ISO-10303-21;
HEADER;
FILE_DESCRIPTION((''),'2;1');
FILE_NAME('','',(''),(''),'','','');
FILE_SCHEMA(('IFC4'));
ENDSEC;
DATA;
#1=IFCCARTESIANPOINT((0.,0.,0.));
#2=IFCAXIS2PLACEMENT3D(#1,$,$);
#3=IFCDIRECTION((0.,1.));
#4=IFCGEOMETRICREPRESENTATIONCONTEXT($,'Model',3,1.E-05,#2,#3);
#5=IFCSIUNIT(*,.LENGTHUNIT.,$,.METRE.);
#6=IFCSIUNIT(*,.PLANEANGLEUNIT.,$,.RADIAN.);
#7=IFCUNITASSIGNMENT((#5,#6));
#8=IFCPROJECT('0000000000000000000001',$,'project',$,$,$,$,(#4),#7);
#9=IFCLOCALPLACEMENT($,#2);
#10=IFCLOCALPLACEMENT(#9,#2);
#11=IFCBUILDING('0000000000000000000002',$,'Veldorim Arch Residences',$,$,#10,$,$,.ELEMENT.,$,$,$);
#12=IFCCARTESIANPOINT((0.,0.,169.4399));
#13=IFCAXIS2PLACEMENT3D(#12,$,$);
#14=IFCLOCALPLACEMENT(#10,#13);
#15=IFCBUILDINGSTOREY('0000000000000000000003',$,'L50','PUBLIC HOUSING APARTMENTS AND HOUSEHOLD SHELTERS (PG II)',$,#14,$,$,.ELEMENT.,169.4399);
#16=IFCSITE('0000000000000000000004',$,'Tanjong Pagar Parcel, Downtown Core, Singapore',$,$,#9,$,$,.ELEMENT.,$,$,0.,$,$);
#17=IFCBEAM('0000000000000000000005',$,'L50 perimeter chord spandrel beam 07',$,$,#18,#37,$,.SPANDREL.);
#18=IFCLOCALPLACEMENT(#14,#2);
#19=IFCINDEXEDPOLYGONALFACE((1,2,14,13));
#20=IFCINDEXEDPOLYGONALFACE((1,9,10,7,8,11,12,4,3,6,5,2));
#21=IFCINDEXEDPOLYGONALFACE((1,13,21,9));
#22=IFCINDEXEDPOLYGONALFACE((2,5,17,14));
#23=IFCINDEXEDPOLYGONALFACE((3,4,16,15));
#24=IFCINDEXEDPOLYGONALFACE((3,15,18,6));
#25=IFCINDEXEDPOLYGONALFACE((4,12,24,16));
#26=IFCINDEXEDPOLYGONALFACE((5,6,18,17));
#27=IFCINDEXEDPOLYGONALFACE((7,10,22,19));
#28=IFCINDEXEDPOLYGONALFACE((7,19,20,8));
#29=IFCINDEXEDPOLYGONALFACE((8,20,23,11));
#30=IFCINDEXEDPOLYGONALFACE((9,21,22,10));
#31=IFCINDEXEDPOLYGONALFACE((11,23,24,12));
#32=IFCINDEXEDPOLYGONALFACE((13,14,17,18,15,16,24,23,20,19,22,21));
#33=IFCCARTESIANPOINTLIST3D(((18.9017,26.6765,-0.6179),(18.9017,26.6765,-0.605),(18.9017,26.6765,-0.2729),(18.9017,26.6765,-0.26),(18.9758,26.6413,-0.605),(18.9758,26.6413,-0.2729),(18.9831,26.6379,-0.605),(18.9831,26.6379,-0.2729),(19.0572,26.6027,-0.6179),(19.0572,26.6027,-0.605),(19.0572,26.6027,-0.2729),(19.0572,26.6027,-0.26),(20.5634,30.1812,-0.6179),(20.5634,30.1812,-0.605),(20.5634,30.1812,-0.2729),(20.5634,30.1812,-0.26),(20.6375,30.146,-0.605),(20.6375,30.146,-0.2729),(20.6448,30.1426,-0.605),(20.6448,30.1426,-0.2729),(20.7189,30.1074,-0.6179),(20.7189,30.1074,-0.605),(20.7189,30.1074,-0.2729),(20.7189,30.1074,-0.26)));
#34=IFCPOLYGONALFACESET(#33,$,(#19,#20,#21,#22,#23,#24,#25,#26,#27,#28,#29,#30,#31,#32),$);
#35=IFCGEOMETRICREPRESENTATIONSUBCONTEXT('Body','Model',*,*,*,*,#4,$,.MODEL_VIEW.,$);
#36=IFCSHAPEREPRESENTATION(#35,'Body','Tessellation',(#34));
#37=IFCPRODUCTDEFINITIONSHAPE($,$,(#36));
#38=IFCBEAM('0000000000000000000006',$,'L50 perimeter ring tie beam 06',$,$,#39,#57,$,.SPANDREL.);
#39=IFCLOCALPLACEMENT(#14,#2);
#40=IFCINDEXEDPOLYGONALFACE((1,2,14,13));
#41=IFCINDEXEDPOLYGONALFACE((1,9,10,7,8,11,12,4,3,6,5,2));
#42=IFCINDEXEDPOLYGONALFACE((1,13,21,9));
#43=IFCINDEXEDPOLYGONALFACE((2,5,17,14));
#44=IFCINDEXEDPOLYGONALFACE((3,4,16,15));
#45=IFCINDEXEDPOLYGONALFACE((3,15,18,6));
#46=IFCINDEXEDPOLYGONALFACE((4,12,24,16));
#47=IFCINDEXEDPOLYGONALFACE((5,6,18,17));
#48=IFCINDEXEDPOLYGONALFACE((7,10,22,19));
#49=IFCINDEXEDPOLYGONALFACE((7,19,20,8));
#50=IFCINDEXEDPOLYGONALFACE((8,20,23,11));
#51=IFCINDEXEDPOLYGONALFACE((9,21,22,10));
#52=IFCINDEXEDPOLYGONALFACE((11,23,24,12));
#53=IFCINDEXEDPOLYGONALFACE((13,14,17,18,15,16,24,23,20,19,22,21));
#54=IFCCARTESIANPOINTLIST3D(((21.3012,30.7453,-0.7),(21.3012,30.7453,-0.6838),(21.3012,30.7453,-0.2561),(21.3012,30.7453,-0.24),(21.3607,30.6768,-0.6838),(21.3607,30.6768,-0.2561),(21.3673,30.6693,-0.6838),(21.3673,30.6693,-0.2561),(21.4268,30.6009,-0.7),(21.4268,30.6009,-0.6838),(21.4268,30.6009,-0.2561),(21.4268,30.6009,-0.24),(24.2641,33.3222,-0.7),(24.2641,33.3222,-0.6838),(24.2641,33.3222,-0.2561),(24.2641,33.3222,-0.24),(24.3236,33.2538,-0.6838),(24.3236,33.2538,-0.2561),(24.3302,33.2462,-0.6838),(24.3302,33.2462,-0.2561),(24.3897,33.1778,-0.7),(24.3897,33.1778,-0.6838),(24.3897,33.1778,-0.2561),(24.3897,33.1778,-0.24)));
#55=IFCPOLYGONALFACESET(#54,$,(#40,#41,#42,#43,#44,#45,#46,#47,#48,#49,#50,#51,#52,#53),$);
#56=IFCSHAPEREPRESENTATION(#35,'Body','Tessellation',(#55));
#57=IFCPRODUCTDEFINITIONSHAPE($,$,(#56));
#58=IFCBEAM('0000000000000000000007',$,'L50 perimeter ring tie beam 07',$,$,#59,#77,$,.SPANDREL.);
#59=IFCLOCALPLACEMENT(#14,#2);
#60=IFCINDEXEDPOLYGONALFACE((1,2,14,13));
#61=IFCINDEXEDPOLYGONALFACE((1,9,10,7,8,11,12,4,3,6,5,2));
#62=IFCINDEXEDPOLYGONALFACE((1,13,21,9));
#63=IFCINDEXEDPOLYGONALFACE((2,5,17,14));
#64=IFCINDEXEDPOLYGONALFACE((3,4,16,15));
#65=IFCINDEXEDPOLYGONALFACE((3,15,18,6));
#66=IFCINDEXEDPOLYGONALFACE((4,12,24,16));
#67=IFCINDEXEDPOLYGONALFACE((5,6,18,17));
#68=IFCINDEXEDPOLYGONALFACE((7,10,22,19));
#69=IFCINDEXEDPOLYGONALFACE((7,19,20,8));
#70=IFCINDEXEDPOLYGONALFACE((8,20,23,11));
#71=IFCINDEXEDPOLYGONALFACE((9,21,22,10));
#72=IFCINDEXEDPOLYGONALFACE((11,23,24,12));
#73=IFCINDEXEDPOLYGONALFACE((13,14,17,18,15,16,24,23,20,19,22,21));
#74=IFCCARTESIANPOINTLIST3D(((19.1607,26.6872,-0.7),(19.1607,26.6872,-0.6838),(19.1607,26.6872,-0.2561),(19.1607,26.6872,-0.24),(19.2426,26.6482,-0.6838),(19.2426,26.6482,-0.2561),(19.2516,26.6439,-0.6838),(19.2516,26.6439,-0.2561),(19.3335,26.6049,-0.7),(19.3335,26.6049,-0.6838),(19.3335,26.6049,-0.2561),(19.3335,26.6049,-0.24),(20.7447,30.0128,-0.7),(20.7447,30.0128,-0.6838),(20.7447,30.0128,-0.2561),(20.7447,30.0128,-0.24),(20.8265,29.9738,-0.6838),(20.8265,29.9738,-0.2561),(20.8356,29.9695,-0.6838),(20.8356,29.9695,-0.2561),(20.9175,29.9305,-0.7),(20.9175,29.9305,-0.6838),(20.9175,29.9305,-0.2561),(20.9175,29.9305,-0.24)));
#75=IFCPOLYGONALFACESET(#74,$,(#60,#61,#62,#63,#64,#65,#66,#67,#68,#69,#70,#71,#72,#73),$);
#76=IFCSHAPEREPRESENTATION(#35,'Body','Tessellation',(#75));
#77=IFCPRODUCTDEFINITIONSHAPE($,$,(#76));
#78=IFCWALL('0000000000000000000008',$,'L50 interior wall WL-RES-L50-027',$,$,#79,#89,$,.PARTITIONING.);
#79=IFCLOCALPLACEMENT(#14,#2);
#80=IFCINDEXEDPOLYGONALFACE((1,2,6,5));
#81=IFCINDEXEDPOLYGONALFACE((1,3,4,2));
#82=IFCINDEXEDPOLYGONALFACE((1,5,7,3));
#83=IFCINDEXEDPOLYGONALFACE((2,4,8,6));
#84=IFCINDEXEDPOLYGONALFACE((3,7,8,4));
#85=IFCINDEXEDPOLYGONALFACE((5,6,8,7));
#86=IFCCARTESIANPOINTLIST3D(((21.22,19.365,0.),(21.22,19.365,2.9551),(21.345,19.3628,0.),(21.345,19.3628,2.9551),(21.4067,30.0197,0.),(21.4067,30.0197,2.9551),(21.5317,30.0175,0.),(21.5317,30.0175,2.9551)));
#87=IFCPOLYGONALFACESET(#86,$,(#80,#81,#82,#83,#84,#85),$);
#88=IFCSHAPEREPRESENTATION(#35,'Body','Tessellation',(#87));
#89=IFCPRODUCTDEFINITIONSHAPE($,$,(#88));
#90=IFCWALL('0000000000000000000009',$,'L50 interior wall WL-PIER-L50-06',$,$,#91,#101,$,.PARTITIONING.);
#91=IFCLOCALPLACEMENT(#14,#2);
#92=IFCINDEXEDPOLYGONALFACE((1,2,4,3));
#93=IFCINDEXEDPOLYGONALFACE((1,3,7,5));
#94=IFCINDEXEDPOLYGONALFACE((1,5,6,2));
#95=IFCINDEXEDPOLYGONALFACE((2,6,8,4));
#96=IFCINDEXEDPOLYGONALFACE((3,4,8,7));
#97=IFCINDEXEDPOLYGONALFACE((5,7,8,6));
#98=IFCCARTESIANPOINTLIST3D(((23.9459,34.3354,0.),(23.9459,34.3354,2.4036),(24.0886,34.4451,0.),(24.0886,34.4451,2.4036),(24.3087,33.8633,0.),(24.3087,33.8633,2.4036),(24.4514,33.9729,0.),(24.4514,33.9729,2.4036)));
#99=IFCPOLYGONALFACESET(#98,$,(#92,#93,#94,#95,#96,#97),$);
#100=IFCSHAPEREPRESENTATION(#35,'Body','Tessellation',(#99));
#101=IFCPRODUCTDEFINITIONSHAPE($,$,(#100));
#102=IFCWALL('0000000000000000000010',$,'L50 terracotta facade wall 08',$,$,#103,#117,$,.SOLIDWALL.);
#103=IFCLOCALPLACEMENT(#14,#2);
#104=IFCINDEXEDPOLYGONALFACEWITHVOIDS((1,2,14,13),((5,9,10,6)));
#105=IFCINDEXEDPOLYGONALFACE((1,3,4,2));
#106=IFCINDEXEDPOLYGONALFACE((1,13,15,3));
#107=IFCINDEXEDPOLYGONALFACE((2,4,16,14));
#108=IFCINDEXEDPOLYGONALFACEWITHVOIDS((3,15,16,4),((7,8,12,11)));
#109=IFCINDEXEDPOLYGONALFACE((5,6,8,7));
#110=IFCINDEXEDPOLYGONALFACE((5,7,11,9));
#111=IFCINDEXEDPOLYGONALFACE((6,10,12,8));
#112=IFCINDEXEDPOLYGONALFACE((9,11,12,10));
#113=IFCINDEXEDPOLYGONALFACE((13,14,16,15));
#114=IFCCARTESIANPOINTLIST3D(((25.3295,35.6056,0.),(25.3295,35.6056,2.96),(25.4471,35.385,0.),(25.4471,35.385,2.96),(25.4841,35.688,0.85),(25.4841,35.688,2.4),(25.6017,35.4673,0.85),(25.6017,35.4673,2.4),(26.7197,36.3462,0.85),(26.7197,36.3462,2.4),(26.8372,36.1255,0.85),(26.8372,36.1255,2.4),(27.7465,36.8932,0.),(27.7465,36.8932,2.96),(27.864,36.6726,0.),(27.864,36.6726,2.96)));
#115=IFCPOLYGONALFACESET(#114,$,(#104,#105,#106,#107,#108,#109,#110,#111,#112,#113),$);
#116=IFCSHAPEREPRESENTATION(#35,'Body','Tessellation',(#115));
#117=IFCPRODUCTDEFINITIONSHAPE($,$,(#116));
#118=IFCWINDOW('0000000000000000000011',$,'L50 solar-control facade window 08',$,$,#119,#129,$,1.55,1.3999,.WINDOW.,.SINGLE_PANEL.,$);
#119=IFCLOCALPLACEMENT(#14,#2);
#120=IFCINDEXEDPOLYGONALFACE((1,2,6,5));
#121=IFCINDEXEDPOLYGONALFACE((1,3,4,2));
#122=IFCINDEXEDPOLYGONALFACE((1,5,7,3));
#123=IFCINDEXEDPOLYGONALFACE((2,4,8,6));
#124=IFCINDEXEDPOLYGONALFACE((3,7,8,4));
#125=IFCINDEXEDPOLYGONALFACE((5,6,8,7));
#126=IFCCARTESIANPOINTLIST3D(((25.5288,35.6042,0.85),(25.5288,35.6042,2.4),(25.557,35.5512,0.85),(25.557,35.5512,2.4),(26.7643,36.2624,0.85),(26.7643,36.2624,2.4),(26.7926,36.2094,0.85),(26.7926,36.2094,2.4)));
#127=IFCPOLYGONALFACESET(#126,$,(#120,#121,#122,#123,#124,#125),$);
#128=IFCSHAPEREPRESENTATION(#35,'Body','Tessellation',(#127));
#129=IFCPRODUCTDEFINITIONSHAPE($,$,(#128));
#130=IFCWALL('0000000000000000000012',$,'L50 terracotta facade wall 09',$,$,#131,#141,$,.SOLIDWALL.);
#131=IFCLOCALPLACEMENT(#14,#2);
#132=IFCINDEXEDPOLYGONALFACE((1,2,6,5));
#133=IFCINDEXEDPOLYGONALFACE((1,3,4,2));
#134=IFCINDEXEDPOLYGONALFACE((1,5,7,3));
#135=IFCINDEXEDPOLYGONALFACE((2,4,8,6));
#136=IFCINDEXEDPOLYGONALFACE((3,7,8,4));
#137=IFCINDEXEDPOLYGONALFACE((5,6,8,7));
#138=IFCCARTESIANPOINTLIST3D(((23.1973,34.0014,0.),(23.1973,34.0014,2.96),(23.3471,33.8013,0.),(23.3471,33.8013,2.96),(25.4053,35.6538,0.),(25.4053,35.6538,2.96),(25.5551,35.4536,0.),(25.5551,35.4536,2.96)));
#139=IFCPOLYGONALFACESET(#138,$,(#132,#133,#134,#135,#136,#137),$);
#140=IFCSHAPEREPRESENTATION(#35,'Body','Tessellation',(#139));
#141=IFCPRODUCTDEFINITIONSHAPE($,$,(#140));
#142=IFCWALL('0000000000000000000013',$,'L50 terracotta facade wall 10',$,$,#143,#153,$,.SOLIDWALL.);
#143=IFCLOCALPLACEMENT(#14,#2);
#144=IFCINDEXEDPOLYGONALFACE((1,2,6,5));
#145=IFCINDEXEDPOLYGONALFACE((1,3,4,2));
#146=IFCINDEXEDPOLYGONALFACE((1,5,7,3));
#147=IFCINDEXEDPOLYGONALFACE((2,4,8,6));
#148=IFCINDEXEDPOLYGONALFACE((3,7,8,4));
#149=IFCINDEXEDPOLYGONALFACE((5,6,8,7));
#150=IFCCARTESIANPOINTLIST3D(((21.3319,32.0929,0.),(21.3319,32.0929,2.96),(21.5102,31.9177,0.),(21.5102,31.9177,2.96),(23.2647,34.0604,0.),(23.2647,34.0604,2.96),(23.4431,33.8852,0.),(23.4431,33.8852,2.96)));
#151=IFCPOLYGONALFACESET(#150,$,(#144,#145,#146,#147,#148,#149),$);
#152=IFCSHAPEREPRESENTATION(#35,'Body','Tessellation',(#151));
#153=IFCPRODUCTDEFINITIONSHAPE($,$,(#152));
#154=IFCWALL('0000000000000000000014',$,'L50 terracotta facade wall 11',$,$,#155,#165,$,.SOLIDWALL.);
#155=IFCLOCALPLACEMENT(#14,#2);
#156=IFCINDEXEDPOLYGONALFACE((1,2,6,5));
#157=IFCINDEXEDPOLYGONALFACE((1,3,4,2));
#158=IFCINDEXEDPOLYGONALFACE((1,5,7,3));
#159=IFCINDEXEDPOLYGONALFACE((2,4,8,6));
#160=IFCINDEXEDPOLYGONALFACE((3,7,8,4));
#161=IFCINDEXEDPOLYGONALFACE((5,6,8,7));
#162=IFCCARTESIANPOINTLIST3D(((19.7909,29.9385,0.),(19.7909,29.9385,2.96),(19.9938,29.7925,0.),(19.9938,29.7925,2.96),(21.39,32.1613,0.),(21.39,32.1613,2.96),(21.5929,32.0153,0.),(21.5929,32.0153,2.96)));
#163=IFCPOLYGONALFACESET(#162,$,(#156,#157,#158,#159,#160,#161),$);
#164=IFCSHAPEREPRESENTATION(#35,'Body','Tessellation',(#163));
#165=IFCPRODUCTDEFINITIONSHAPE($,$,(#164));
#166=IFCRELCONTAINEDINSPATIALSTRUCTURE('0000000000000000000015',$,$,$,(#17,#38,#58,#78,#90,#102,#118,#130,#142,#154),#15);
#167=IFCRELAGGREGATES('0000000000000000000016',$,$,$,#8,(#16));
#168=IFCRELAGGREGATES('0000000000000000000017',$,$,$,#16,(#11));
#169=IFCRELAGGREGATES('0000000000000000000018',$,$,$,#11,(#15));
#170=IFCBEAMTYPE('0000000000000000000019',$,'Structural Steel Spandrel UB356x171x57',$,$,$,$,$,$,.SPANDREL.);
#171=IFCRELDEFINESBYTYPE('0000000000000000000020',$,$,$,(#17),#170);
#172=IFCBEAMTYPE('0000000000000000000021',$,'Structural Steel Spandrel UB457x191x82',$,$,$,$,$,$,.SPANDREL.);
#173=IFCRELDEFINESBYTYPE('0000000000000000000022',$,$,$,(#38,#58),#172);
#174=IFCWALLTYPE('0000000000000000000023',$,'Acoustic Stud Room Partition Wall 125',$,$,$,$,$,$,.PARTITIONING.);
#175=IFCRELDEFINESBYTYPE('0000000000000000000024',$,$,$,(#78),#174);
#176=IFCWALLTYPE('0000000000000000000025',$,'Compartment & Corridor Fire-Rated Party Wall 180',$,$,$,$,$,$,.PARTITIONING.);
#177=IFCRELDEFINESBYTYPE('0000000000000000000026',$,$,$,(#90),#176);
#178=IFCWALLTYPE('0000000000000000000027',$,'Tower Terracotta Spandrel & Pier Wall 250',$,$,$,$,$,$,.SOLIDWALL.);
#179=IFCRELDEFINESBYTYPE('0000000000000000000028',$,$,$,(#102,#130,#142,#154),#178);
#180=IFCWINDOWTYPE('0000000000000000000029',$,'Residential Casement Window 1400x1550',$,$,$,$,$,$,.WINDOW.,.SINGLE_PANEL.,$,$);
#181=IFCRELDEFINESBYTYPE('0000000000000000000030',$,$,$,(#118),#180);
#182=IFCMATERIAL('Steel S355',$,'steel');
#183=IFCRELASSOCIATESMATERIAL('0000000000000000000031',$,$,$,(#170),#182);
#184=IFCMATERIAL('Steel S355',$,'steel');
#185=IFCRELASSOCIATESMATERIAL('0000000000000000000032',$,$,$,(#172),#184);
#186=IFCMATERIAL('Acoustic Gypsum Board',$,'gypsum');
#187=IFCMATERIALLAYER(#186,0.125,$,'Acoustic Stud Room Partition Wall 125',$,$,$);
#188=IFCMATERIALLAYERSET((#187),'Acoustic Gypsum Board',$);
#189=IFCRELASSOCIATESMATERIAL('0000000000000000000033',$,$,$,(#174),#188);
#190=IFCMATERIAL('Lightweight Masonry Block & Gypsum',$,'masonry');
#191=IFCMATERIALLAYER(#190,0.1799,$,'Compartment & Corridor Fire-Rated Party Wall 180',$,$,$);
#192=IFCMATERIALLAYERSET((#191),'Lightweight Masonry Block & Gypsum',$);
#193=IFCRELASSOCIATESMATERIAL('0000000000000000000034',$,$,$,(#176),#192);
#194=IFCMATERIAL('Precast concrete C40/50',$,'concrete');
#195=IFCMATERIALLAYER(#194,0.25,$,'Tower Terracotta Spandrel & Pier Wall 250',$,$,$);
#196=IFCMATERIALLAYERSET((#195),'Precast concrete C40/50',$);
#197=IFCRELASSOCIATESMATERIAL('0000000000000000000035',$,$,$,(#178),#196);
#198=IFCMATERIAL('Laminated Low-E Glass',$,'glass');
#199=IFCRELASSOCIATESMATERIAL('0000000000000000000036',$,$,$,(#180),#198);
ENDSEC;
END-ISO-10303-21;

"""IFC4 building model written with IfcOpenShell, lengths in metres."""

from ifc_helpers import new_model, si_unit, direction, frame, frame_2d, origin, origin_2d, place, context, subcontext, project, spatial, rectangle, i_section, extrude, material, layer, layer_set, material_profile, profile_set, type_object, element, fill, save


model = new_model("IFC4")

# Units and contexts
model_context = context("Model", 3, precision=1e-05, world=origin(), true_north=direction((0.0, 1.0)))
body_context = subcontext(model_context, "Body", "Model", "MODEL_VIEW")
ifc_project = project(units=[si_unit("LENGTHUNIT", "METRE"), si_unit("PLANEANGLEUNIT", "RADIAN")], contexts=[model_context])

# Site, building, storey
site_placement = place(None, origin())
site = spatial("IfcSite", under=ifc_project, at=site_placement, Name="Tanjong Pagar Parcel, Downtown Core, Singapore", CompositionType="ELEMENT", RefElevation=0.0)
building_placement = place(site_placement, origin())
building = spatial("IfcBuilding", under=site, at=building_placement, Name="Veldorim Arch Residences", CompositionType="ELEMENT")
storey_placement = place(building_placement, frame((0.0, 0.0, 169.4399)))
storey = spatial("IfcBuildingStorey", under=building, at=storey_placement, Name="L50", Description="PUBLIC HOUSING APARTMENTS AND HOUSEHOLD SHELTERS (PG II)", CompositionType="ELEMENT", Elevation=169.4399)

# Beams
ifc_material_1 = material(Name="Steel S355", Category="steel")
ifc_material_profile_1 = material_profile(ifc_material_1, i_section(OverallWidth=0.1721, OverallDepth=0.3579, WebThickness=0.0081, FlangeThickness=0.0129, at=origin_2d()), Name="UB356x171x57")
ifc_profile_set_1 = profile_set([ifc_material_profile_1], Name="Steel S355")
beam_type_1 = type_object("IfcBeamType", Name="Structural Steel Spandrel UB356x171x57", PredefinedType="SPANDREL", material=ifc_profile_set_1)
beam_1_placement = place(storey_placement, frame((20.6411, 30.1443, -0.439), z_axis=(-0.428408, -0.903585, 0.0), x_axis=(0.903585, -0.428408, 0.0)))
element("IfcBeam", 1, at=beam_1_placement, inside=storey, type_object=beam_type_1, Name="L50 perimeter chord spandrel beam 07", PredefinedType="SPANDREL", context=body_context, shape_type="SweptSolid", body=[
    extrude(i_section(OverallWidth=0.1721, OverallDepth=0.3579, WebThickness=0.0081, FlangeThickness=0.0129, at=origin_2d()), origin(), (0.0, 0.0, 1.0), 3.8787),
])
ifc_material_2 = material(Name="Steel S355", Category="steel")
ifc_material_profile_2 = material_profile(ifc_material_2, i_section(OverallWidth=0.1914, OverallDepth=0.46, WebThickness=0.01, FlangeThickness=0.0161, at=origin_2d()), Name="UB457x191x82")
ifc_profile_set_2 = profile_set([ifc_material_profile_2], Name="Steel S355")
beam_type_2 = type_object("IfcBeamType", Name="Structural Steel Spandrel UB457x191x82", PredefinedType="SPANDREL", material=ifc_profile_set_2)
beam_2_placement = place(storey_placement, frame((24.3269, 33.25, -0.47), z_axis=(-0.754545, -0.656248, 0.0), x_axis=(0.656248, -0.754545, 0.0)))
element("IfcBeam", 2, at=beam_2_placement, inside=storey, type_object=beam_type_2, Name="L50 perimeter ring tie beam 06", PredefinedType="SPANDREL", context=body_context, shape_type="SweptSolid", body=[
    extrude(i_section(OverallWidth=0.1914, OverallDepth=0.46, WebThickness=0.01, FlangeThickness=0.0161, at=origin_2d()), origin(), (0.0, 0.0, 1.0), 3.9268),
])
beam_3_placement = place(storey_placement, frame((20.8311, 29.9717, -0.47), z_axis=(-0.430006, -0.902826, 0.0), x_axis=(0.902826, -0.430006, 0.0)))
element("IfcBeam", 3, at=beam_3_placement, inside=storey, type_object=beam_type_2, Name="L50 perimeter ring tie beam 07", PredefinedType="SPANDREL", context=body_context, shape_type="SweptSolid", body=[
    extrude(i_section(OverallWidth=0.1914, OverallDepth=0.46, WebThickness=0.01, FlangeThickness=0.0161, at=origin_2d()), origin(), (0.0, 0.0, 1.0), 3.6836),
])

# Walls
ifc_material_3 = material(Name="Acoustic Gypsum Board", Category="gypsum")
ifc_layer_1 = layer(ifc_material_3, 0.125, Name="Acoustic Stud Room Partition Wall 125")
ifc_layer_set_1 = layer_set([ifc_layer_1], Name="Acoustic Gypsum Board")
wall_type_1 = type_object("IfcWallType", Name="Acoustic Stud Room Partition Wall 125", PredefinedType="PARTITIONING", material=ifc_layer_set_1)
wall_1_placement = place(storey_placement, frame((21.4692, 30.0186, 0.0), z_axis=(0.0, 0.0, 1.0), x_axis=(-0.017527, -0.999846, 0.0)))
element("IfcWall", 4, at=wall_1_placement, inside=storey, type_object=wall_type_1, Name="L50 interior wall WL-RES-L50-027", PredefinedType="PARTITIONING", context=body_context, shape_type="SweptSolid", body=[
    extrude(rectangle(XDim=10.6562, YDim=0.125, at=frame_2d((5.3281, 0.0))), origin(), (0.0, 0.0, 1.0), 2.9551),
])
ifc_material_4 = material(Name="Lightweight Masonry Block & Gypsum", Category="masonry")
ifc_layer_2 = layer(ifc_material_4, 0.1799, Name="Compartment & Corridor Fire-Rated Party Wall 180")
ifc_layer_set_2 = layer_set([ifc_layer_2], Name="Lightweight Masonry Block & Gypsum")
wall_type_2 = type_object("IfcWallType", Name="Compartment & Corridor Fire-Rated Party Wall 180", PredefinedType="PARTITIONING", material=ifc_layer_set_2)
wall_2_placement = place(storey_placement, frame((24.3801, 33.918, 0.0), z_axis=(0.0, 0.0, 1.0), x_axis=(-0.609275, 0.792959, 0.0)))
element("IfcWall", 5, at=wall_2_placement, inside=storey, type_object=wall_type_2, Name="L50 interior wall WL-PIER-L50-06", PredefinedType="PARTITIONING", context=body_context, shape_type="SweptSolid", body=[
    extrude(rectangle(XDim=0.5955, YDim=0.1799, at=frame_2d((0.2979, 0.0))), origin(), (0.0, 0.0, 1.0), 2.4036),
])

# Wall, opening, window
ifc_material_5 = material(Name="Precast concrete C40/50", Category="concrete")
ifc_layer_3 = layer(ifc_material_5, 0.25, Name="Tower Terracotta Spandrel & Pier Wall 250")
ifc_layer_set_3 = layer_set([ifc_layer_3], Name="Precast concrete C40/50")
wall_type_3 = type_object("IfcWallType", Name="Tower Terracotta Spandrel & Pier Wall 250", PredefinedType="SOLIDWALL", material=ifc_layer_set_3)
wall_3_placement = place(storey_placement, frame((25.3884, 35.4954, 0.0), z_axis=(0.0, 0.0, 1.0), x_axis=(0.882575, 0.470172, 0.0)))
wall_3 = element("IfcWall", 6, at=wall_3_placement, inside=storey, type_object=wall_type_3, Name="L50 terracotta facade wall 08", PredefinedType="SOLIDWALL", context=body_context, shape_type="SweptSolid", body=[
    extrude(rectangle(XDim=2.7385, YDim=0.25, at=frame_2d((1.3691, 0.0))), origin(), (0.0, 0.0, 1.0), 2.96),
])
opening_1_placement = place(wall_3_placement, frame((0.175, 0.0, 0.8501)))
opening_1 = element("IfcOpeningElement", 7, at=opening_1_placement, cuts=wall_3, PredefinedType="OPENING", context=body_context, shape_type="SweptSolid", body=[
    extrude(rectangle(XDim=1.3999, YDim=1.55, at=frame_2d((0.7, 0.7749))), frame((0.0, 0.135, 0.0), z_axis=(0.0, -1.0, 0.0), x_axis=(1.0, 0.0, 0.0)), (0.0, 0.0, 1.0), 0.27),
])
ifc_material_6 = material(Name="Laminated Low-E Glass", Category="glass")
window_type = type_object("IfcWindowType", Name="Residential Casement Window 1400x1550", PartitioningType="SINGLE_PANEL", PredefinedType="WINDOW", material=ifc_material_6)
window_placement = place(opening_1_placement, origin())
window = element("IfcWindow", 8, at=window_placement, inside=storey, type_object=window_type, Name="L50 solar-control facade window 08", OverallHeight=1.55, OverallWidth=1.3999, PartitioningType="SINGLE_PANEL", PredefinedType="WINDOW", context=body_context, shape_type="SweptSolid", body=[
    extrude(rectangle(XDim=1.3999, YDim=1.55, at=frame_2d((0.7, 0.7749))), frame((0.0, 0.03, 0.0), z_axis=(0.0, -1.0, 0.0), x_axis=(1.0, 0.0, 0.0)), (0.0, 0.0, 1.0), 0.0601),
])
fill(opening_1, window)

# Walls
wall_4_placement = place(storey_placement, frame((23.2722, 33.9014, 0.0), z_axis=(0.0, 0.0, 1.0), x_axis=(0.800637, 0.59915, 0.0)))
element("IfcWall", 9, at=wall_4_placement, inside=storey, type_object=wall_type_3, Name="L50 terracotta facade wall 09", PredefinedType="SOLIDWALL", context=body_context, shape_type="SweptSolid", body=[
    extrude(rectangle(XDim=2.7578, YDim=0.25, at=frame_2d((1.3789, 0.0))), origin(), (0.0, 0.0, 1.0), 2.96),
])
wall_5_placement = place(storey_placement, frame((21.4211, 32.0054, 0.0), z_axis=(0.0, 0.0, 1.0), x_axis=(0.700794, 0.713364, 0.0)))
element("IfcWall", 10, at=wall_5_placement, inside=storey, type_object=wall_type_3, Name="L50 terracotta facade wall 10", PredefinedType="SOLIDWALL", context=body_context, shape_type="SweptSolid", body=[
    extrude(rectangle(XDim=2.7581, YDim=0.25, at=frame_2d((1.3789, 0.0))), origin(), (0.0, 0.0, 1.0), 2.96),
])
wall_6_placement = place(storey_placement, frame((19.8923, 29.8655, 0.0), z_axis=(0.0, 0.0, 1.0), x_axis=(0.583976, 0.811771, 0.0)))
element("IfcWall", 11, at=wall_6_placement, inside=storey, type_object=wall_type_3, Name="L50 terracotta facade wall 11", PredefinedType="SOLIDWALL", context=body_context, shape_type="SweptSolid", body=[
    extrude(rectangle(XDim=2.7383, YDim=0.25, at=frame_2d((1.3691, 0.0))), origin(), (0.0, 0.0, 1.0), 2.96),
])

save(model, "model.ifc")
